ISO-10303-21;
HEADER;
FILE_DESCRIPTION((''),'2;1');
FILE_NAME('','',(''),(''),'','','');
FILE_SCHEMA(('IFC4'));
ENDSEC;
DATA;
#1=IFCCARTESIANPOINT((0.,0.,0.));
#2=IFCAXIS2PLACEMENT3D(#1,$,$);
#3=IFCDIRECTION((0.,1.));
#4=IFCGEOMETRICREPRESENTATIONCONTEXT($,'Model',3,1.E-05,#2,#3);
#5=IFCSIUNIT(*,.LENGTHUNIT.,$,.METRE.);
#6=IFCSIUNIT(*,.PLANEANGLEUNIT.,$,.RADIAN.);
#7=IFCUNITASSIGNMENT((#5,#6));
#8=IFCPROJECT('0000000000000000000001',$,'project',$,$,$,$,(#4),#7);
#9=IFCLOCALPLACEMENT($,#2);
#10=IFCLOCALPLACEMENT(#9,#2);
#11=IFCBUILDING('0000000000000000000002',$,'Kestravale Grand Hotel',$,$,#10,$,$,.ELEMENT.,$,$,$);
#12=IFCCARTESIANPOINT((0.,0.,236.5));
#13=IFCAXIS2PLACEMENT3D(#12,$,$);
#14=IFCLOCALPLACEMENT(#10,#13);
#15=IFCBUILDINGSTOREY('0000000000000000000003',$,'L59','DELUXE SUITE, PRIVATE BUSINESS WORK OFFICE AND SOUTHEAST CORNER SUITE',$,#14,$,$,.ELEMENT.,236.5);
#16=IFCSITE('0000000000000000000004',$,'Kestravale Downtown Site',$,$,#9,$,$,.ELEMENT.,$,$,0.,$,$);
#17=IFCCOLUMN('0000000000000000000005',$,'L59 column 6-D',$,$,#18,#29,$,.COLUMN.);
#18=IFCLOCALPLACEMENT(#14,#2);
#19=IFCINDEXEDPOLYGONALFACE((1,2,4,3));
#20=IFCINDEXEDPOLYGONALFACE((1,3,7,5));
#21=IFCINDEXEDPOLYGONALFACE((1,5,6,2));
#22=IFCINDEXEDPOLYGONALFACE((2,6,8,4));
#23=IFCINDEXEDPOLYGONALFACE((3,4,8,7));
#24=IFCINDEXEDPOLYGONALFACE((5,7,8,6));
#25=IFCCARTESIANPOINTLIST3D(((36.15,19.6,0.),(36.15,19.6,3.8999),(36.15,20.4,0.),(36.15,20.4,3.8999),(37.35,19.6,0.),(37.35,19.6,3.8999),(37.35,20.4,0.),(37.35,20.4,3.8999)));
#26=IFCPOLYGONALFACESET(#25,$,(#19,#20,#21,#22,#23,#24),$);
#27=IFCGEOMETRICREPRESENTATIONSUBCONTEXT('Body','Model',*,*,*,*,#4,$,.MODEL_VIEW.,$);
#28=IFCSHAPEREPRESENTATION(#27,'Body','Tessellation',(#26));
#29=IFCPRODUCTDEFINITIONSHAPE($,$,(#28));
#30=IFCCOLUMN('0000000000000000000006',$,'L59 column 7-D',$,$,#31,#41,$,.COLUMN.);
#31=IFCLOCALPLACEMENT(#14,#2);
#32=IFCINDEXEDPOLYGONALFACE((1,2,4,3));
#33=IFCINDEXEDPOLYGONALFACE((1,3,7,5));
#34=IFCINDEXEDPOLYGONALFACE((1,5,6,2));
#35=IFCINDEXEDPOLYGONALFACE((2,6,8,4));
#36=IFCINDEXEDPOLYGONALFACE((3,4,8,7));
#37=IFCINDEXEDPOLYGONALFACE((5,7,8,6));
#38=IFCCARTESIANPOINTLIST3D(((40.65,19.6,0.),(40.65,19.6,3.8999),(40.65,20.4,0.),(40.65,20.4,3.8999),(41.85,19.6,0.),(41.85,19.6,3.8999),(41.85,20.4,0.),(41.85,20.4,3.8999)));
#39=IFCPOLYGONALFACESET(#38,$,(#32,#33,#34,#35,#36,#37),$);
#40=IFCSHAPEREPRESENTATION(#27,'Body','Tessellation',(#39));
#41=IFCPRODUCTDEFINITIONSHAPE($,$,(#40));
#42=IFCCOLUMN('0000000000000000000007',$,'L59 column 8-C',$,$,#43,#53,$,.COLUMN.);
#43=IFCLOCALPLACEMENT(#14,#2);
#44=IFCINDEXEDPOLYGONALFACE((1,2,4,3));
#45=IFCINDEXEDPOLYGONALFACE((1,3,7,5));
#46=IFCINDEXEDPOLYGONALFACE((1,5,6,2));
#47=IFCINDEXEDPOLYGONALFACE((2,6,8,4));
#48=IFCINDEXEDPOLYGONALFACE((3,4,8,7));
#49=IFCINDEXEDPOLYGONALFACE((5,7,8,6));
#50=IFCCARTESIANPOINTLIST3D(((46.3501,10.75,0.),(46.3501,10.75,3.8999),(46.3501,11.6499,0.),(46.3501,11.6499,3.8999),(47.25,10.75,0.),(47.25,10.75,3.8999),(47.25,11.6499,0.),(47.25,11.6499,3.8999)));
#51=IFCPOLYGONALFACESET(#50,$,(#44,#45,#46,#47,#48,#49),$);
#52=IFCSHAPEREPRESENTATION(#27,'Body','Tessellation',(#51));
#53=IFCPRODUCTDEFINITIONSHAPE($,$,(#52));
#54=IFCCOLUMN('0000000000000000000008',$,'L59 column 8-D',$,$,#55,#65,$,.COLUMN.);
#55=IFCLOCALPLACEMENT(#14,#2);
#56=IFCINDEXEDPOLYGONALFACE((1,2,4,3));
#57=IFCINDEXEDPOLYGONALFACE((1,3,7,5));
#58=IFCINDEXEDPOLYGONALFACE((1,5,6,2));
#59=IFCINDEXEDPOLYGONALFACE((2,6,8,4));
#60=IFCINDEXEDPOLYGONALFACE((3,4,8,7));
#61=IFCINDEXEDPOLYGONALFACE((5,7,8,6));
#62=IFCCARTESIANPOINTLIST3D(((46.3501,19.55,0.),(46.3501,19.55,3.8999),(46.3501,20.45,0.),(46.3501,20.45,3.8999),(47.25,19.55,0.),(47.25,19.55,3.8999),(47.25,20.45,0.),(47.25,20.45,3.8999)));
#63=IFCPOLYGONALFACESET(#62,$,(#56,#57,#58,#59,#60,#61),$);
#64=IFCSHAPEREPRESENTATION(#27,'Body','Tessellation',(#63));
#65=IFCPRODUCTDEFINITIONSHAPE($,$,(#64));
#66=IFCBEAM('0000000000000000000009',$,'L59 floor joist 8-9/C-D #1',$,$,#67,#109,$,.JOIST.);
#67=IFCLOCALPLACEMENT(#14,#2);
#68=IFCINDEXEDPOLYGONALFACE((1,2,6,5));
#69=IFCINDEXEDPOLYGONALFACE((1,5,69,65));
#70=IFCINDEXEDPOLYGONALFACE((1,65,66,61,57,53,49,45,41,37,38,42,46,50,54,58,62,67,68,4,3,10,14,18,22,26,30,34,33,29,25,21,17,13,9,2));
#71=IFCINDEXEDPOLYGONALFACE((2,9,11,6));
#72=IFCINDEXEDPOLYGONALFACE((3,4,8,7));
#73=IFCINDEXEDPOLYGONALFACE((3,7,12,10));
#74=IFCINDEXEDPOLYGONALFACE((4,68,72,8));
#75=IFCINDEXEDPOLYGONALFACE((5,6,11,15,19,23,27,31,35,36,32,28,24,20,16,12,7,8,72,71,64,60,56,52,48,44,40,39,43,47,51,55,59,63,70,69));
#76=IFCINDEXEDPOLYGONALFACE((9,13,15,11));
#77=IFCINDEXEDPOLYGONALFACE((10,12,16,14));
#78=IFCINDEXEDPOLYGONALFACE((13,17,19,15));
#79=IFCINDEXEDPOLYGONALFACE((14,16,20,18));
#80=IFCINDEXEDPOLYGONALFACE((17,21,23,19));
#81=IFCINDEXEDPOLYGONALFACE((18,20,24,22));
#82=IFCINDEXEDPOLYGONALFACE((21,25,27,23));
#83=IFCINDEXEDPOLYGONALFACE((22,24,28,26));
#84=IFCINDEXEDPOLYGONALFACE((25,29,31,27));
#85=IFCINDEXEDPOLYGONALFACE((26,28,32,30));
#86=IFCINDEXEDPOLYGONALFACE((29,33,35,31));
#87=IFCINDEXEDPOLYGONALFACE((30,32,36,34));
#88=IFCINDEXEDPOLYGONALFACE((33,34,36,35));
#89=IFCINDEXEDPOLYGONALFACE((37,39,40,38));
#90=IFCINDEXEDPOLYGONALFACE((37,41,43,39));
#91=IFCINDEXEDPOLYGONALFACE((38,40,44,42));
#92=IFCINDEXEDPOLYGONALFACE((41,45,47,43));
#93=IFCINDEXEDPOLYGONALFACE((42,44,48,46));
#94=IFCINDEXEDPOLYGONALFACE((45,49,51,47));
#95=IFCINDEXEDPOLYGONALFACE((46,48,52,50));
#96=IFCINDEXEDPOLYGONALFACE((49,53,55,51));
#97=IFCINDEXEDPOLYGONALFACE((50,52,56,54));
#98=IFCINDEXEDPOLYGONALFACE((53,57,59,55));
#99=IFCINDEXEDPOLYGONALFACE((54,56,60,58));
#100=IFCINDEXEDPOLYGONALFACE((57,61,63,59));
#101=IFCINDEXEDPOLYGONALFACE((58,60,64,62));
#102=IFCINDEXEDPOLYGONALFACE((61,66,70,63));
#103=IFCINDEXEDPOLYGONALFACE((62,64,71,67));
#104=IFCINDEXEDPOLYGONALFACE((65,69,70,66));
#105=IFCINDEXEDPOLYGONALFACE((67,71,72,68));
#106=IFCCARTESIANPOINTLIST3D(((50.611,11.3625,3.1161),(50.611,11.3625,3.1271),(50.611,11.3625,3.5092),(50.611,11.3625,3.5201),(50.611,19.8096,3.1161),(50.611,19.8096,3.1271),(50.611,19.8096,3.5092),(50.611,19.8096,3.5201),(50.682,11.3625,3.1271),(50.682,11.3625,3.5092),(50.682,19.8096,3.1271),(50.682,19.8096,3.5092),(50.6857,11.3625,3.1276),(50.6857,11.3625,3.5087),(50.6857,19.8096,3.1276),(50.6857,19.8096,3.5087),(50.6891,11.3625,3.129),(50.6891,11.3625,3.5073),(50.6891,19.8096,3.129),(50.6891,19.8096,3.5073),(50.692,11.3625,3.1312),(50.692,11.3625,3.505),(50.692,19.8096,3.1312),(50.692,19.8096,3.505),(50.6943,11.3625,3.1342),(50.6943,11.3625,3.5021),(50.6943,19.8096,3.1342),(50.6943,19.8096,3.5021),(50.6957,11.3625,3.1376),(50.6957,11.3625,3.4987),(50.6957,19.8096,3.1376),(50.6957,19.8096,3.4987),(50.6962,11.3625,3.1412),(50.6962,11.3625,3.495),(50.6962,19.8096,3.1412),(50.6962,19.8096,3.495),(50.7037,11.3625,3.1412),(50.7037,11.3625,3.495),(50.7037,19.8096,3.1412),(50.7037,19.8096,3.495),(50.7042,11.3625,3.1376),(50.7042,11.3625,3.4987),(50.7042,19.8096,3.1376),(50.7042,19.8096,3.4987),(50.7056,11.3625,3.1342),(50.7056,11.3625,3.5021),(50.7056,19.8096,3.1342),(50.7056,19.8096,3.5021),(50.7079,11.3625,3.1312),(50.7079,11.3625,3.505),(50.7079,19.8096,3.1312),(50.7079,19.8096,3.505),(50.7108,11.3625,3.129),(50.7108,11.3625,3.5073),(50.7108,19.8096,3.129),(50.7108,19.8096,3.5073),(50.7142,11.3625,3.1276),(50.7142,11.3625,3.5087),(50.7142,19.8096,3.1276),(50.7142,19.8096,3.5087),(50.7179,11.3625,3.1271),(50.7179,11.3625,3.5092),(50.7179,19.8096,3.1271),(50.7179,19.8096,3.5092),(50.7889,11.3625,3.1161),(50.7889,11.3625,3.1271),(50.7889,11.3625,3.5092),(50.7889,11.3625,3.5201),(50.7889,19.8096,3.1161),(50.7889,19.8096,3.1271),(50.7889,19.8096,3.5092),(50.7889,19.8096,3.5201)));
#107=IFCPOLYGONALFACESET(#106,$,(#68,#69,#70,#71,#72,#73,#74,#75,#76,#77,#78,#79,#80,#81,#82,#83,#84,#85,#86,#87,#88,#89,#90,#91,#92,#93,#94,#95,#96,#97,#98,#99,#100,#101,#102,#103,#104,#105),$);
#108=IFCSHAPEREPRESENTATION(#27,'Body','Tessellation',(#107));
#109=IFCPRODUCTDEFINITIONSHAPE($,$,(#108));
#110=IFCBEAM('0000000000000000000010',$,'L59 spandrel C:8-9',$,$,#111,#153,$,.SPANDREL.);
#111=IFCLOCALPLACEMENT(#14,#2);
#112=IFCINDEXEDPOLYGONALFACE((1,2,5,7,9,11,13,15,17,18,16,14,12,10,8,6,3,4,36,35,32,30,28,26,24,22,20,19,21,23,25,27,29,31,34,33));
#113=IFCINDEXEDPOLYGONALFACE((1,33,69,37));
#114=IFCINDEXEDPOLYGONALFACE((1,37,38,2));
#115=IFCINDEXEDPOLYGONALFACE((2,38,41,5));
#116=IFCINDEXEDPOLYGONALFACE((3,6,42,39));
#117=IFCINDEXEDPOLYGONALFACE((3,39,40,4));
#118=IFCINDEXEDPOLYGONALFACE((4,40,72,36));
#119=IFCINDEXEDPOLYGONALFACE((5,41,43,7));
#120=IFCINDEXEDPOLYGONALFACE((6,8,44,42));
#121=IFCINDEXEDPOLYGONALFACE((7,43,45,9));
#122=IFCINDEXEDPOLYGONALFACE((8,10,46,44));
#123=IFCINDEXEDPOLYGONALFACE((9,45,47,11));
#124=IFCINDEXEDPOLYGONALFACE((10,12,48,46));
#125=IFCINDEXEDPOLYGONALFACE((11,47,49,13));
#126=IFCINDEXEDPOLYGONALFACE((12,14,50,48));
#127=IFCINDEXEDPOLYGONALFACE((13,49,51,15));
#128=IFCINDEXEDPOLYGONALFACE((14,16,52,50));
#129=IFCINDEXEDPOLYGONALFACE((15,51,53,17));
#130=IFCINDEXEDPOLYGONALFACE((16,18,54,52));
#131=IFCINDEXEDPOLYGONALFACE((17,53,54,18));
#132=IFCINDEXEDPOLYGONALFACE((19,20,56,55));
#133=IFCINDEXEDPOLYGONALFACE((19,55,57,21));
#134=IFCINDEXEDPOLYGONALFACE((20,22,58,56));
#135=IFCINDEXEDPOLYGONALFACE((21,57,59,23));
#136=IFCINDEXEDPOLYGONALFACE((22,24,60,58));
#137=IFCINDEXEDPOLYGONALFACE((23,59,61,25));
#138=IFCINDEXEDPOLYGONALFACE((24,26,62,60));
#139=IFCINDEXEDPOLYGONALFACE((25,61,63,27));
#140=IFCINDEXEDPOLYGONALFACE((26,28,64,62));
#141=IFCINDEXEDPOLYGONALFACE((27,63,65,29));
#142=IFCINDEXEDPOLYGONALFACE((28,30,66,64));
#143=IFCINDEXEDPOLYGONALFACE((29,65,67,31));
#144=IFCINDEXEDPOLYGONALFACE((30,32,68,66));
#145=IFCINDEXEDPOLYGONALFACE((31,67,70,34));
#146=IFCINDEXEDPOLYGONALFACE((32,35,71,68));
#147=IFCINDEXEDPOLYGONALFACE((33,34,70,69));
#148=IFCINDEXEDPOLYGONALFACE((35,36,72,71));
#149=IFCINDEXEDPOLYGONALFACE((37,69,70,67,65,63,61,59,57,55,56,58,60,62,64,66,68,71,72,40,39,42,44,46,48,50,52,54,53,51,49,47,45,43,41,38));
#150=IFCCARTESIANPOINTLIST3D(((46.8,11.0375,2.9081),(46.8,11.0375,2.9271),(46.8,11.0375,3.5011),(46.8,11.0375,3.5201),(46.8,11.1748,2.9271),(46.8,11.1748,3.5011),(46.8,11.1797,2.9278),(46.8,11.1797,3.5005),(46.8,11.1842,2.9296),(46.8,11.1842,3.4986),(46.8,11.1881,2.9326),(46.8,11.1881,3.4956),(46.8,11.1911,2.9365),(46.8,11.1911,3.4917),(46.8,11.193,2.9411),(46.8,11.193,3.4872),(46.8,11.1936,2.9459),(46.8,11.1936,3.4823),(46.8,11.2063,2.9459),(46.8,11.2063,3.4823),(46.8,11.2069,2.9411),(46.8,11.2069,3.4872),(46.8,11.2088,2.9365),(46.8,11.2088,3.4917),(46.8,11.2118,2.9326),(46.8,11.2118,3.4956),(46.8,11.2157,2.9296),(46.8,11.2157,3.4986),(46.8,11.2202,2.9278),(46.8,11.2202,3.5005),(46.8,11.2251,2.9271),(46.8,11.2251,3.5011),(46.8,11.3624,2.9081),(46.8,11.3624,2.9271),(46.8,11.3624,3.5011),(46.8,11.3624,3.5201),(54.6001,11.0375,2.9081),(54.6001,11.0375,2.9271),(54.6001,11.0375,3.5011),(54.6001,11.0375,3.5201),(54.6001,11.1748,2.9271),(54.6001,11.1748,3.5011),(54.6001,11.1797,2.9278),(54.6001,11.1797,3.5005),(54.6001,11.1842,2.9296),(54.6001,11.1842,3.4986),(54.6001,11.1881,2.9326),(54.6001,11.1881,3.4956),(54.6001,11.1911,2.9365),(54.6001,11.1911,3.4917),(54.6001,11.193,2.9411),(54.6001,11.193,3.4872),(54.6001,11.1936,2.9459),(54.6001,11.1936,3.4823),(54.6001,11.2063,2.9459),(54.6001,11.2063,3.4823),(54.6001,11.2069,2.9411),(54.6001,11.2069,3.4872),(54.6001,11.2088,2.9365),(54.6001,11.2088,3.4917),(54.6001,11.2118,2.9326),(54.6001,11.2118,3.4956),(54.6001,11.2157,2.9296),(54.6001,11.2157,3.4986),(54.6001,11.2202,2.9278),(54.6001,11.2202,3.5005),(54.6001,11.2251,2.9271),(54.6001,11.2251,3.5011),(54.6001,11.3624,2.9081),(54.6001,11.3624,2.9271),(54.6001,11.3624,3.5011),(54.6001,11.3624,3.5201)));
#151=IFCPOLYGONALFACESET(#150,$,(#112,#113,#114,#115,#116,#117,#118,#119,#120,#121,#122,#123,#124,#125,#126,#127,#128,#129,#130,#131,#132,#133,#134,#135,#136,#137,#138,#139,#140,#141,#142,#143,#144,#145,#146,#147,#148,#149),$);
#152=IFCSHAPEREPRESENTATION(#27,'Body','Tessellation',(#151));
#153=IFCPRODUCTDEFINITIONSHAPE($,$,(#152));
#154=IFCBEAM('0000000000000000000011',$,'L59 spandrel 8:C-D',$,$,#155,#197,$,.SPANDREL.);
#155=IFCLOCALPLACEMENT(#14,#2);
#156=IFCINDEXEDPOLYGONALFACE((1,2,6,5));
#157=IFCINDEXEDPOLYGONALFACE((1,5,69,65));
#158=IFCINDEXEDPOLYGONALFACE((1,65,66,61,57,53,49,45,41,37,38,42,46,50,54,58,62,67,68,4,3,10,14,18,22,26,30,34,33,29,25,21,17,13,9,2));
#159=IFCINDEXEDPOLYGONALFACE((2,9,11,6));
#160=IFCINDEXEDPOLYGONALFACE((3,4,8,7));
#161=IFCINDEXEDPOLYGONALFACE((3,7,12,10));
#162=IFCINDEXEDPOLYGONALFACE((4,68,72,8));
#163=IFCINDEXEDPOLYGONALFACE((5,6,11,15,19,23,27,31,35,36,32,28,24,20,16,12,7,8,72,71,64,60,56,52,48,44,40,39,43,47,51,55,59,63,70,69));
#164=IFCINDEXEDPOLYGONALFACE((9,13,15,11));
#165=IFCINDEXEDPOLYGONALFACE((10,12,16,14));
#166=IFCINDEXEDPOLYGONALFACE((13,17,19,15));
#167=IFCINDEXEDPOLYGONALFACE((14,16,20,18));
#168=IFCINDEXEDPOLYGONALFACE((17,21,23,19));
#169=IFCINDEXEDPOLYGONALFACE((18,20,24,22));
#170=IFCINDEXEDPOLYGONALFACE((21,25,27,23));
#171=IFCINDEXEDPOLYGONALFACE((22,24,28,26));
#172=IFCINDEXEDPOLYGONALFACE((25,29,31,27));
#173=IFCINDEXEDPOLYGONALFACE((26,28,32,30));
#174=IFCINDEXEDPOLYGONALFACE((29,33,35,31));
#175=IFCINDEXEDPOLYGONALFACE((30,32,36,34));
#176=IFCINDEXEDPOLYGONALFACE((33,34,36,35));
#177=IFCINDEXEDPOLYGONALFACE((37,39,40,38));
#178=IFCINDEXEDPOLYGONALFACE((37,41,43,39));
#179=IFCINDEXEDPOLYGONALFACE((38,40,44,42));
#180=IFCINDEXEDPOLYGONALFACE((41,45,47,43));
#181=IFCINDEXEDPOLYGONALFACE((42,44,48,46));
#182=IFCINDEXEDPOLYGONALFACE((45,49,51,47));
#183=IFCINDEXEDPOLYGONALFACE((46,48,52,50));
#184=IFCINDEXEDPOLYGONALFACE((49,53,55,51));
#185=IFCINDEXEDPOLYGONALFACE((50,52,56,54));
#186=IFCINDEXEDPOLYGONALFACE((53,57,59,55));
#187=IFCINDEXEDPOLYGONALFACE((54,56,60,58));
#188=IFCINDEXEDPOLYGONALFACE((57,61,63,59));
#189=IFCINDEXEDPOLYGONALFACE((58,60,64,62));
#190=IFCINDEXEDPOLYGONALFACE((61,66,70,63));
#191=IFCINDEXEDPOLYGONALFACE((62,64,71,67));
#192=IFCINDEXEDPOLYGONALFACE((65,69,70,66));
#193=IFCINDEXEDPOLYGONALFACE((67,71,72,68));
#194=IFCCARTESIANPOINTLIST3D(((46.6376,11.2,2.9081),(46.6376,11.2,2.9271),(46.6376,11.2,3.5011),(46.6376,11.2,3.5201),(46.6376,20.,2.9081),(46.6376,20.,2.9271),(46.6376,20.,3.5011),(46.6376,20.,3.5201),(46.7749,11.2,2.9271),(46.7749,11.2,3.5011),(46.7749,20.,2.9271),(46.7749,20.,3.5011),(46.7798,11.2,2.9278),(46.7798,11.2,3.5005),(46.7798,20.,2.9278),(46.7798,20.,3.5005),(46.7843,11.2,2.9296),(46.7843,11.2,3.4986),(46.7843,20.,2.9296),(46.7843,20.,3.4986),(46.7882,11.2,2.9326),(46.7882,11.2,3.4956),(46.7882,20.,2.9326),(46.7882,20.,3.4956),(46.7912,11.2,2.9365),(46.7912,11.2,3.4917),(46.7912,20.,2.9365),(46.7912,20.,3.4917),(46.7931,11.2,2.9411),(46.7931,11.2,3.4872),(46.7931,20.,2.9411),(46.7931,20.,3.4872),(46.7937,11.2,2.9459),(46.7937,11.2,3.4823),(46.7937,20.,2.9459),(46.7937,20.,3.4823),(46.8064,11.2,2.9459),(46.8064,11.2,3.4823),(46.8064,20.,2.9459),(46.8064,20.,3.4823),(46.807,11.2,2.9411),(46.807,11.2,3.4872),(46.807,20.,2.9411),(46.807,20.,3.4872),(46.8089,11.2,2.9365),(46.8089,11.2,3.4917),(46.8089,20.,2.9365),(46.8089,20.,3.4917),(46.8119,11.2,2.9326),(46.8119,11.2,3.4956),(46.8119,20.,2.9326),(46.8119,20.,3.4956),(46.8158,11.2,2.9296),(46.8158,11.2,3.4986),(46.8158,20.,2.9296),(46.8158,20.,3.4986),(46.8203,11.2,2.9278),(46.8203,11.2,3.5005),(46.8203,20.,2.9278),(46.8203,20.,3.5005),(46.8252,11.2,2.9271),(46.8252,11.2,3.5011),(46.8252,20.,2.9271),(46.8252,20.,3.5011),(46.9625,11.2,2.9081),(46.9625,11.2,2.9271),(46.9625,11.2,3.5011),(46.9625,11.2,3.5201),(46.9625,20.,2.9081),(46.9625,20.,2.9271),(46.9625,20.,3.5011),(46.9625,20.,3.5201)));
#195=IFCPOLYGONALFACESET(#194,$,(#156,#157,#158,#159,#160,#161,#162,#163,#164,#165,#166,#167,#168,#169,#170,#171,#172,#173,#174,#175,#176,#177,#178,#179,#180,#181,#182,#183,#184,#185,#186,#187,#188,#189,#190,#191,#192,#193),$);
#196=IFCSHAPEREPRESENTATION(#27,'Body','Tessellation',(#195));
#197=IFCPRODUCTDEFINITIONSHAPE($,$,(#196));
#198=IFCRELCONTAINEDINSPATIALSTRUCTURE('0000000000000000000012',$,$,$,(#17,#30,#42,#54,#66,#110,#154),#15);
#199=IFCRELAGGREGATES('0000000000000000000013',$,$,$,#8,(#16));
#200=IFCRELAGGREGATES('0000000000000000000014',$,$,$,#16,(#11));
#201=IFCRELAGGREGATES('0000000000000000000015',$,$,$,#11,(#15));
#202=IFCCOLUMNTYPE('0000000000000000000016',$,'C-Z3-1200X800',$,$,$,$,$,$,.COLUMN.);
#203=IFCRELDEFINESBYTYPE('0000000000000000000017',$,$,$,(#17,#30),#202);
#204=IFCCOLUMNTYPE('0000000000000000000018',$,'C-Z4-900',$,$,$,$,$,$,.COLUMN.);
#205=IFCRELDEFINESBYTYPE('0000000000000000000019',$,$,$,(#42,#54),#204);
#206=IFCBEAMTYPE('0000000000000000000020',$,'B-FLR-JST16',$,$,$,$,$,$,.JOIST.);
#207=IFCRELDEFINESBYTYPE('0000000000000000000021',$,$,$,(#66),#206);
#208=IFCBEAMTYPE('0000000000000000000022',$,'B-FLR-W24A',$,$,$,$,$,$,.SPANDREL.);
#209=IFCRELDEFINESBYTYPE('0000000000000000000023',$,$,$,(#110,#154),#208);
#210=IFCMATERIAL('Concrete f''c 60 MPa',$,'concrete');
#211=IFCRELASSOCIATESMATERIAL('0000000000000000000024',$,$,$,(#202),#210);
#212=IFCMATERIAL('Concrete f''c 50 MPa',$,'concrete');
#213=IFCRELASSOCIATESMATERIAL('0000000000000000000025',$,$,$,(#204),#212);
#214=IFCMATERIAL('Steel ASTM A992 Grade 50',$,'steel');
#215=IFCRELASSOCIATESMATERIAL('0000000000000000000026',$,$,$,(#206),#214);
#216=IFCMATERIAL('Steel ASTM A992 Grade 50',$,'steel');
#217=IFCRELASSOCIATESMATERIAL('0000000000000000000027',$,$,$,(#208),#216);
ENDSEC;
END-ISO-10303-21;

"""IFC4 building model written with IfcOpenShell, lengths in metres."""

from ifc_helpers import new_model, si_unit, direction, frame, origin, origin_2d, place, context, subcontext, project, spatial, rectangle, i_section, extrude, material, material_profile, profile_set, type_object, element, save


model = new_model("IFC4")

# Units and contexts
model_context = context("Model", 3, precision=1e-05, world=origin(), true_north=direction((0.0, 1.0)))
body_context = subcontext(model_context, "Body", "Model", "MODEL_VIEW")
ifc_project = project(units=[si_unit("LENGTHUNIT", "METRE"), si_unit("PLANEANGLEUNIT", "RADIAN")], contexts=[model_context])

# Site, building, storey
site_placement = place(None, origin())
site = spatial("IfcSite", under=ifc_project, at=site_placement, Name="Kestravale Downtown Site", CompositionType="ELEMENT", RefElevation=0.0)
building_placement = place(site_placement, origin())
building = spatial("IfcBuilding", under=site, at=building_placement, Name="Kestravale Grand Hotel", CompositionType="ELEMENT")
storey_placement = place(building_placement, frame((0.0, 0.0, 236.5)))
storey = spatial("IfcBuildingStorey", under=building, at=storey_placement, Name="L59", Description="DELUXE SUITE, PRIVATE BUSINESS WORK OFFICE AND SOUTHEAST CORNER SUITE", CompositionType="ELEMENT", Elevation=236.5)

# Columns
ifc_material_1 = material(Name="Concrete f'c 60 MPa", Category="concrete")
ifc_material_profile_1 = material_profile(ifc_material_1, rectangle(XDim=1.2, YDim=0.8, at=origin_2d()))
ifc_profile_set_1 = profile_set([ifc_material_profile_1], Name="Concrete f'c 60 MPa")
column_type_1 = type_object("IfcColumnType", Name="C-Z3-1200X800", PredefinedType="COLUMN", material=ifc_profile_set_1)
for number, where, z_axis, x_axis, name in (
    (1, (36.75, 20.0, 0.0), (0.0, 0.0, 1.0), (1.0, 0.0, 0.0), "L59 column 6-D"),
    (2, (41.25, 20.0, 0.0), (0.0, 0.0, 1.0), (1.0, 0.0, 0.0), "L59 column 7-D"),
):
    element("IfcColumn", number, at=place(storey_placement, frame(where, z_axis=z_axis, x_axis=x_axis)), inside=storey, type_object=column_type_1, Name=name, PredefinedType="COLUMN", context=body_context, shape_type="SweptSolid", body=[
        extrude(rectangle(XDim=1.2, YDim=0.8, at=origin_2d()), origin(), (0.0, 0.0, 1.0), 3.8999),
    ])
ifc_material_2 = material(Name="Concrete f'c 50 MPa", Category="concrete")
ifc_material_profile_2 = material_profile(ifc_material_2, rectangle(XDim=0.8999, YDim=0.8999, at=origin_2d()))
ifc_profile_set_2 = profile_set([ifc_material_profile_2], Name="Concrete f'c 50 MPa")
column_type_2 = type_object("IfcColumnType", Name="C-Z4-900", PredefinedType="COLUMN", material=ifc_profile_set_2)
for number, where, z_axis, x_axis, name in (
    (3, (46.8, 11.2, 0.0), (0.0, 0.0, 1.0), (1.0, 0.0, 0.0), "L59 column 8-C"),
    (4, (46.8, 20.0, 0.0), (0.0, 0.0, 1.0), (1.0, 0.0, 0.0), "L59 column 8-D"),
):
    element("IfcColumn", number, at=place(storey_placement, frame(where, z_axis=z_axis, x_axis=x_axis)), inside=storey, type_object=column_type_2, Name=name, PredefinedType="COLUMN", context=body_context, shape_type="SweptSolid", body=[
        extrude(rectangle(XDim=0.8999, YDim=0.8999, at=origin_2d()), origin(), (0.0, 0.0, 1.0), 3.8999),
    ])

# Beams
ifc_material_3 = material(Name="Steel ASTM A992 Grade 50", Category="steel")
ifc_material_profile_3 = material_profile(ifc_material_3, i_section(OverallWidth=0.178, OverallDepth=0.4041, WebThickness=0.0076, FlangeThickness=0.011, FilletRadius=0.0142, at=origin_2d()))
ifc_profile_set_3 = profile_set([ifc_material_profile_3], Name="Steel ASTM A992 Grade 50")
beam_type_1 = type_object("IfcBeamType", Name="B-FLR-JST16", PredefinedType="JOIST", material=ifc_profile_set_3)
beam_1_placement = place(storey_placement, frame((50.7, 11.3625, 3.3181), z_axis=(0.0, 1.0, 0.0), x_axis=(-1.0, 0.0, 0.0)))
element("IfcBeam", 5, at=beam_1_placement, inside=storey, type_object=beam_type_1, Name="L59 floor joist 8-9/C-D #1", PredefinedType="JOIST", context=body_context, shape_type="SweptSolid", body=[
    extrude(i_section(OverallWidth=0.178, OverallDepth=0.4041, WebThickness=0.0076, FlangeThickness=0.011, FilletRadius=0.0142, at=origin_2d()), origin(), (0.0, 0.0, 1.0), 8.447),
])
ifc_material_4 = material(Name="Steel ASTM A992 Grade 50", Category="steel")
ifc_material_profile_4 = material_profile(ifc_material_4, i_section(OverallWidth=0.325, OverallDepth=0.6121, WebThickness=0.0127, FlangeThickness=0.019, FilletRadius=0.0188, at=origin_2d()))
ifc_profile_set_4 = profile_set([ifc_material_profile_4], Name="Steel ASTM A992 Grade 50")
beam_type_2 = type_object("IfcBeamType", Name="B-FLR-W24A", PredefinedType="SPANDREL", material=ifc_profile_set_4)
beam_2_placement = place(storey_placement, frame((46.8, 11.2, 3.2141), z_axis=(1.0, 0.0, 0.0), x_axis=(0.0, 1.0, 0.0)))
element("IfcBeam", 6, at=beam_2_placement, inside=storey, type_object=beam_type_2, Name="L59 spandrel C:8-9", PredefinedType="SPANDREL", context=body_context, shape_type="SweptSolid", body=[
    extrude(i_section(OverallWidth=0.325, OverallDepth=0.6121, WebThickness=0.0127, FlangeThickness=0.019, FilletRadius=0.0188, at=origin_2d()), origin(), (0.0, 0.0, 1.0), 7.8),
])
beam_3_placement = place(storey_placement, frame((46.8, 11.2, 3.2141), z_axis=(0.0, 1.0, 0.0), x_axis=(-1.0, 0.0, 0.0)))
element("IfcBeam", 7, at=beam_3_placement, inside=storey, type_object=beam_type_2, Name="L59 spandrel 8:C-D", PredefinedType="SPANDREL", context=body_context, shape_type="SweptSolid", body=[
    extrude(i_section(OverallWidth=0.325, OverallDepth=0.6121, WebThickness=0.0127, FlangeThickness=0.019, FilletRadius=0.0188, at=origin_2d()), origin(), (0.0, 0.0, 1.0), 8.8),
])

save(model, "model.ifc")
